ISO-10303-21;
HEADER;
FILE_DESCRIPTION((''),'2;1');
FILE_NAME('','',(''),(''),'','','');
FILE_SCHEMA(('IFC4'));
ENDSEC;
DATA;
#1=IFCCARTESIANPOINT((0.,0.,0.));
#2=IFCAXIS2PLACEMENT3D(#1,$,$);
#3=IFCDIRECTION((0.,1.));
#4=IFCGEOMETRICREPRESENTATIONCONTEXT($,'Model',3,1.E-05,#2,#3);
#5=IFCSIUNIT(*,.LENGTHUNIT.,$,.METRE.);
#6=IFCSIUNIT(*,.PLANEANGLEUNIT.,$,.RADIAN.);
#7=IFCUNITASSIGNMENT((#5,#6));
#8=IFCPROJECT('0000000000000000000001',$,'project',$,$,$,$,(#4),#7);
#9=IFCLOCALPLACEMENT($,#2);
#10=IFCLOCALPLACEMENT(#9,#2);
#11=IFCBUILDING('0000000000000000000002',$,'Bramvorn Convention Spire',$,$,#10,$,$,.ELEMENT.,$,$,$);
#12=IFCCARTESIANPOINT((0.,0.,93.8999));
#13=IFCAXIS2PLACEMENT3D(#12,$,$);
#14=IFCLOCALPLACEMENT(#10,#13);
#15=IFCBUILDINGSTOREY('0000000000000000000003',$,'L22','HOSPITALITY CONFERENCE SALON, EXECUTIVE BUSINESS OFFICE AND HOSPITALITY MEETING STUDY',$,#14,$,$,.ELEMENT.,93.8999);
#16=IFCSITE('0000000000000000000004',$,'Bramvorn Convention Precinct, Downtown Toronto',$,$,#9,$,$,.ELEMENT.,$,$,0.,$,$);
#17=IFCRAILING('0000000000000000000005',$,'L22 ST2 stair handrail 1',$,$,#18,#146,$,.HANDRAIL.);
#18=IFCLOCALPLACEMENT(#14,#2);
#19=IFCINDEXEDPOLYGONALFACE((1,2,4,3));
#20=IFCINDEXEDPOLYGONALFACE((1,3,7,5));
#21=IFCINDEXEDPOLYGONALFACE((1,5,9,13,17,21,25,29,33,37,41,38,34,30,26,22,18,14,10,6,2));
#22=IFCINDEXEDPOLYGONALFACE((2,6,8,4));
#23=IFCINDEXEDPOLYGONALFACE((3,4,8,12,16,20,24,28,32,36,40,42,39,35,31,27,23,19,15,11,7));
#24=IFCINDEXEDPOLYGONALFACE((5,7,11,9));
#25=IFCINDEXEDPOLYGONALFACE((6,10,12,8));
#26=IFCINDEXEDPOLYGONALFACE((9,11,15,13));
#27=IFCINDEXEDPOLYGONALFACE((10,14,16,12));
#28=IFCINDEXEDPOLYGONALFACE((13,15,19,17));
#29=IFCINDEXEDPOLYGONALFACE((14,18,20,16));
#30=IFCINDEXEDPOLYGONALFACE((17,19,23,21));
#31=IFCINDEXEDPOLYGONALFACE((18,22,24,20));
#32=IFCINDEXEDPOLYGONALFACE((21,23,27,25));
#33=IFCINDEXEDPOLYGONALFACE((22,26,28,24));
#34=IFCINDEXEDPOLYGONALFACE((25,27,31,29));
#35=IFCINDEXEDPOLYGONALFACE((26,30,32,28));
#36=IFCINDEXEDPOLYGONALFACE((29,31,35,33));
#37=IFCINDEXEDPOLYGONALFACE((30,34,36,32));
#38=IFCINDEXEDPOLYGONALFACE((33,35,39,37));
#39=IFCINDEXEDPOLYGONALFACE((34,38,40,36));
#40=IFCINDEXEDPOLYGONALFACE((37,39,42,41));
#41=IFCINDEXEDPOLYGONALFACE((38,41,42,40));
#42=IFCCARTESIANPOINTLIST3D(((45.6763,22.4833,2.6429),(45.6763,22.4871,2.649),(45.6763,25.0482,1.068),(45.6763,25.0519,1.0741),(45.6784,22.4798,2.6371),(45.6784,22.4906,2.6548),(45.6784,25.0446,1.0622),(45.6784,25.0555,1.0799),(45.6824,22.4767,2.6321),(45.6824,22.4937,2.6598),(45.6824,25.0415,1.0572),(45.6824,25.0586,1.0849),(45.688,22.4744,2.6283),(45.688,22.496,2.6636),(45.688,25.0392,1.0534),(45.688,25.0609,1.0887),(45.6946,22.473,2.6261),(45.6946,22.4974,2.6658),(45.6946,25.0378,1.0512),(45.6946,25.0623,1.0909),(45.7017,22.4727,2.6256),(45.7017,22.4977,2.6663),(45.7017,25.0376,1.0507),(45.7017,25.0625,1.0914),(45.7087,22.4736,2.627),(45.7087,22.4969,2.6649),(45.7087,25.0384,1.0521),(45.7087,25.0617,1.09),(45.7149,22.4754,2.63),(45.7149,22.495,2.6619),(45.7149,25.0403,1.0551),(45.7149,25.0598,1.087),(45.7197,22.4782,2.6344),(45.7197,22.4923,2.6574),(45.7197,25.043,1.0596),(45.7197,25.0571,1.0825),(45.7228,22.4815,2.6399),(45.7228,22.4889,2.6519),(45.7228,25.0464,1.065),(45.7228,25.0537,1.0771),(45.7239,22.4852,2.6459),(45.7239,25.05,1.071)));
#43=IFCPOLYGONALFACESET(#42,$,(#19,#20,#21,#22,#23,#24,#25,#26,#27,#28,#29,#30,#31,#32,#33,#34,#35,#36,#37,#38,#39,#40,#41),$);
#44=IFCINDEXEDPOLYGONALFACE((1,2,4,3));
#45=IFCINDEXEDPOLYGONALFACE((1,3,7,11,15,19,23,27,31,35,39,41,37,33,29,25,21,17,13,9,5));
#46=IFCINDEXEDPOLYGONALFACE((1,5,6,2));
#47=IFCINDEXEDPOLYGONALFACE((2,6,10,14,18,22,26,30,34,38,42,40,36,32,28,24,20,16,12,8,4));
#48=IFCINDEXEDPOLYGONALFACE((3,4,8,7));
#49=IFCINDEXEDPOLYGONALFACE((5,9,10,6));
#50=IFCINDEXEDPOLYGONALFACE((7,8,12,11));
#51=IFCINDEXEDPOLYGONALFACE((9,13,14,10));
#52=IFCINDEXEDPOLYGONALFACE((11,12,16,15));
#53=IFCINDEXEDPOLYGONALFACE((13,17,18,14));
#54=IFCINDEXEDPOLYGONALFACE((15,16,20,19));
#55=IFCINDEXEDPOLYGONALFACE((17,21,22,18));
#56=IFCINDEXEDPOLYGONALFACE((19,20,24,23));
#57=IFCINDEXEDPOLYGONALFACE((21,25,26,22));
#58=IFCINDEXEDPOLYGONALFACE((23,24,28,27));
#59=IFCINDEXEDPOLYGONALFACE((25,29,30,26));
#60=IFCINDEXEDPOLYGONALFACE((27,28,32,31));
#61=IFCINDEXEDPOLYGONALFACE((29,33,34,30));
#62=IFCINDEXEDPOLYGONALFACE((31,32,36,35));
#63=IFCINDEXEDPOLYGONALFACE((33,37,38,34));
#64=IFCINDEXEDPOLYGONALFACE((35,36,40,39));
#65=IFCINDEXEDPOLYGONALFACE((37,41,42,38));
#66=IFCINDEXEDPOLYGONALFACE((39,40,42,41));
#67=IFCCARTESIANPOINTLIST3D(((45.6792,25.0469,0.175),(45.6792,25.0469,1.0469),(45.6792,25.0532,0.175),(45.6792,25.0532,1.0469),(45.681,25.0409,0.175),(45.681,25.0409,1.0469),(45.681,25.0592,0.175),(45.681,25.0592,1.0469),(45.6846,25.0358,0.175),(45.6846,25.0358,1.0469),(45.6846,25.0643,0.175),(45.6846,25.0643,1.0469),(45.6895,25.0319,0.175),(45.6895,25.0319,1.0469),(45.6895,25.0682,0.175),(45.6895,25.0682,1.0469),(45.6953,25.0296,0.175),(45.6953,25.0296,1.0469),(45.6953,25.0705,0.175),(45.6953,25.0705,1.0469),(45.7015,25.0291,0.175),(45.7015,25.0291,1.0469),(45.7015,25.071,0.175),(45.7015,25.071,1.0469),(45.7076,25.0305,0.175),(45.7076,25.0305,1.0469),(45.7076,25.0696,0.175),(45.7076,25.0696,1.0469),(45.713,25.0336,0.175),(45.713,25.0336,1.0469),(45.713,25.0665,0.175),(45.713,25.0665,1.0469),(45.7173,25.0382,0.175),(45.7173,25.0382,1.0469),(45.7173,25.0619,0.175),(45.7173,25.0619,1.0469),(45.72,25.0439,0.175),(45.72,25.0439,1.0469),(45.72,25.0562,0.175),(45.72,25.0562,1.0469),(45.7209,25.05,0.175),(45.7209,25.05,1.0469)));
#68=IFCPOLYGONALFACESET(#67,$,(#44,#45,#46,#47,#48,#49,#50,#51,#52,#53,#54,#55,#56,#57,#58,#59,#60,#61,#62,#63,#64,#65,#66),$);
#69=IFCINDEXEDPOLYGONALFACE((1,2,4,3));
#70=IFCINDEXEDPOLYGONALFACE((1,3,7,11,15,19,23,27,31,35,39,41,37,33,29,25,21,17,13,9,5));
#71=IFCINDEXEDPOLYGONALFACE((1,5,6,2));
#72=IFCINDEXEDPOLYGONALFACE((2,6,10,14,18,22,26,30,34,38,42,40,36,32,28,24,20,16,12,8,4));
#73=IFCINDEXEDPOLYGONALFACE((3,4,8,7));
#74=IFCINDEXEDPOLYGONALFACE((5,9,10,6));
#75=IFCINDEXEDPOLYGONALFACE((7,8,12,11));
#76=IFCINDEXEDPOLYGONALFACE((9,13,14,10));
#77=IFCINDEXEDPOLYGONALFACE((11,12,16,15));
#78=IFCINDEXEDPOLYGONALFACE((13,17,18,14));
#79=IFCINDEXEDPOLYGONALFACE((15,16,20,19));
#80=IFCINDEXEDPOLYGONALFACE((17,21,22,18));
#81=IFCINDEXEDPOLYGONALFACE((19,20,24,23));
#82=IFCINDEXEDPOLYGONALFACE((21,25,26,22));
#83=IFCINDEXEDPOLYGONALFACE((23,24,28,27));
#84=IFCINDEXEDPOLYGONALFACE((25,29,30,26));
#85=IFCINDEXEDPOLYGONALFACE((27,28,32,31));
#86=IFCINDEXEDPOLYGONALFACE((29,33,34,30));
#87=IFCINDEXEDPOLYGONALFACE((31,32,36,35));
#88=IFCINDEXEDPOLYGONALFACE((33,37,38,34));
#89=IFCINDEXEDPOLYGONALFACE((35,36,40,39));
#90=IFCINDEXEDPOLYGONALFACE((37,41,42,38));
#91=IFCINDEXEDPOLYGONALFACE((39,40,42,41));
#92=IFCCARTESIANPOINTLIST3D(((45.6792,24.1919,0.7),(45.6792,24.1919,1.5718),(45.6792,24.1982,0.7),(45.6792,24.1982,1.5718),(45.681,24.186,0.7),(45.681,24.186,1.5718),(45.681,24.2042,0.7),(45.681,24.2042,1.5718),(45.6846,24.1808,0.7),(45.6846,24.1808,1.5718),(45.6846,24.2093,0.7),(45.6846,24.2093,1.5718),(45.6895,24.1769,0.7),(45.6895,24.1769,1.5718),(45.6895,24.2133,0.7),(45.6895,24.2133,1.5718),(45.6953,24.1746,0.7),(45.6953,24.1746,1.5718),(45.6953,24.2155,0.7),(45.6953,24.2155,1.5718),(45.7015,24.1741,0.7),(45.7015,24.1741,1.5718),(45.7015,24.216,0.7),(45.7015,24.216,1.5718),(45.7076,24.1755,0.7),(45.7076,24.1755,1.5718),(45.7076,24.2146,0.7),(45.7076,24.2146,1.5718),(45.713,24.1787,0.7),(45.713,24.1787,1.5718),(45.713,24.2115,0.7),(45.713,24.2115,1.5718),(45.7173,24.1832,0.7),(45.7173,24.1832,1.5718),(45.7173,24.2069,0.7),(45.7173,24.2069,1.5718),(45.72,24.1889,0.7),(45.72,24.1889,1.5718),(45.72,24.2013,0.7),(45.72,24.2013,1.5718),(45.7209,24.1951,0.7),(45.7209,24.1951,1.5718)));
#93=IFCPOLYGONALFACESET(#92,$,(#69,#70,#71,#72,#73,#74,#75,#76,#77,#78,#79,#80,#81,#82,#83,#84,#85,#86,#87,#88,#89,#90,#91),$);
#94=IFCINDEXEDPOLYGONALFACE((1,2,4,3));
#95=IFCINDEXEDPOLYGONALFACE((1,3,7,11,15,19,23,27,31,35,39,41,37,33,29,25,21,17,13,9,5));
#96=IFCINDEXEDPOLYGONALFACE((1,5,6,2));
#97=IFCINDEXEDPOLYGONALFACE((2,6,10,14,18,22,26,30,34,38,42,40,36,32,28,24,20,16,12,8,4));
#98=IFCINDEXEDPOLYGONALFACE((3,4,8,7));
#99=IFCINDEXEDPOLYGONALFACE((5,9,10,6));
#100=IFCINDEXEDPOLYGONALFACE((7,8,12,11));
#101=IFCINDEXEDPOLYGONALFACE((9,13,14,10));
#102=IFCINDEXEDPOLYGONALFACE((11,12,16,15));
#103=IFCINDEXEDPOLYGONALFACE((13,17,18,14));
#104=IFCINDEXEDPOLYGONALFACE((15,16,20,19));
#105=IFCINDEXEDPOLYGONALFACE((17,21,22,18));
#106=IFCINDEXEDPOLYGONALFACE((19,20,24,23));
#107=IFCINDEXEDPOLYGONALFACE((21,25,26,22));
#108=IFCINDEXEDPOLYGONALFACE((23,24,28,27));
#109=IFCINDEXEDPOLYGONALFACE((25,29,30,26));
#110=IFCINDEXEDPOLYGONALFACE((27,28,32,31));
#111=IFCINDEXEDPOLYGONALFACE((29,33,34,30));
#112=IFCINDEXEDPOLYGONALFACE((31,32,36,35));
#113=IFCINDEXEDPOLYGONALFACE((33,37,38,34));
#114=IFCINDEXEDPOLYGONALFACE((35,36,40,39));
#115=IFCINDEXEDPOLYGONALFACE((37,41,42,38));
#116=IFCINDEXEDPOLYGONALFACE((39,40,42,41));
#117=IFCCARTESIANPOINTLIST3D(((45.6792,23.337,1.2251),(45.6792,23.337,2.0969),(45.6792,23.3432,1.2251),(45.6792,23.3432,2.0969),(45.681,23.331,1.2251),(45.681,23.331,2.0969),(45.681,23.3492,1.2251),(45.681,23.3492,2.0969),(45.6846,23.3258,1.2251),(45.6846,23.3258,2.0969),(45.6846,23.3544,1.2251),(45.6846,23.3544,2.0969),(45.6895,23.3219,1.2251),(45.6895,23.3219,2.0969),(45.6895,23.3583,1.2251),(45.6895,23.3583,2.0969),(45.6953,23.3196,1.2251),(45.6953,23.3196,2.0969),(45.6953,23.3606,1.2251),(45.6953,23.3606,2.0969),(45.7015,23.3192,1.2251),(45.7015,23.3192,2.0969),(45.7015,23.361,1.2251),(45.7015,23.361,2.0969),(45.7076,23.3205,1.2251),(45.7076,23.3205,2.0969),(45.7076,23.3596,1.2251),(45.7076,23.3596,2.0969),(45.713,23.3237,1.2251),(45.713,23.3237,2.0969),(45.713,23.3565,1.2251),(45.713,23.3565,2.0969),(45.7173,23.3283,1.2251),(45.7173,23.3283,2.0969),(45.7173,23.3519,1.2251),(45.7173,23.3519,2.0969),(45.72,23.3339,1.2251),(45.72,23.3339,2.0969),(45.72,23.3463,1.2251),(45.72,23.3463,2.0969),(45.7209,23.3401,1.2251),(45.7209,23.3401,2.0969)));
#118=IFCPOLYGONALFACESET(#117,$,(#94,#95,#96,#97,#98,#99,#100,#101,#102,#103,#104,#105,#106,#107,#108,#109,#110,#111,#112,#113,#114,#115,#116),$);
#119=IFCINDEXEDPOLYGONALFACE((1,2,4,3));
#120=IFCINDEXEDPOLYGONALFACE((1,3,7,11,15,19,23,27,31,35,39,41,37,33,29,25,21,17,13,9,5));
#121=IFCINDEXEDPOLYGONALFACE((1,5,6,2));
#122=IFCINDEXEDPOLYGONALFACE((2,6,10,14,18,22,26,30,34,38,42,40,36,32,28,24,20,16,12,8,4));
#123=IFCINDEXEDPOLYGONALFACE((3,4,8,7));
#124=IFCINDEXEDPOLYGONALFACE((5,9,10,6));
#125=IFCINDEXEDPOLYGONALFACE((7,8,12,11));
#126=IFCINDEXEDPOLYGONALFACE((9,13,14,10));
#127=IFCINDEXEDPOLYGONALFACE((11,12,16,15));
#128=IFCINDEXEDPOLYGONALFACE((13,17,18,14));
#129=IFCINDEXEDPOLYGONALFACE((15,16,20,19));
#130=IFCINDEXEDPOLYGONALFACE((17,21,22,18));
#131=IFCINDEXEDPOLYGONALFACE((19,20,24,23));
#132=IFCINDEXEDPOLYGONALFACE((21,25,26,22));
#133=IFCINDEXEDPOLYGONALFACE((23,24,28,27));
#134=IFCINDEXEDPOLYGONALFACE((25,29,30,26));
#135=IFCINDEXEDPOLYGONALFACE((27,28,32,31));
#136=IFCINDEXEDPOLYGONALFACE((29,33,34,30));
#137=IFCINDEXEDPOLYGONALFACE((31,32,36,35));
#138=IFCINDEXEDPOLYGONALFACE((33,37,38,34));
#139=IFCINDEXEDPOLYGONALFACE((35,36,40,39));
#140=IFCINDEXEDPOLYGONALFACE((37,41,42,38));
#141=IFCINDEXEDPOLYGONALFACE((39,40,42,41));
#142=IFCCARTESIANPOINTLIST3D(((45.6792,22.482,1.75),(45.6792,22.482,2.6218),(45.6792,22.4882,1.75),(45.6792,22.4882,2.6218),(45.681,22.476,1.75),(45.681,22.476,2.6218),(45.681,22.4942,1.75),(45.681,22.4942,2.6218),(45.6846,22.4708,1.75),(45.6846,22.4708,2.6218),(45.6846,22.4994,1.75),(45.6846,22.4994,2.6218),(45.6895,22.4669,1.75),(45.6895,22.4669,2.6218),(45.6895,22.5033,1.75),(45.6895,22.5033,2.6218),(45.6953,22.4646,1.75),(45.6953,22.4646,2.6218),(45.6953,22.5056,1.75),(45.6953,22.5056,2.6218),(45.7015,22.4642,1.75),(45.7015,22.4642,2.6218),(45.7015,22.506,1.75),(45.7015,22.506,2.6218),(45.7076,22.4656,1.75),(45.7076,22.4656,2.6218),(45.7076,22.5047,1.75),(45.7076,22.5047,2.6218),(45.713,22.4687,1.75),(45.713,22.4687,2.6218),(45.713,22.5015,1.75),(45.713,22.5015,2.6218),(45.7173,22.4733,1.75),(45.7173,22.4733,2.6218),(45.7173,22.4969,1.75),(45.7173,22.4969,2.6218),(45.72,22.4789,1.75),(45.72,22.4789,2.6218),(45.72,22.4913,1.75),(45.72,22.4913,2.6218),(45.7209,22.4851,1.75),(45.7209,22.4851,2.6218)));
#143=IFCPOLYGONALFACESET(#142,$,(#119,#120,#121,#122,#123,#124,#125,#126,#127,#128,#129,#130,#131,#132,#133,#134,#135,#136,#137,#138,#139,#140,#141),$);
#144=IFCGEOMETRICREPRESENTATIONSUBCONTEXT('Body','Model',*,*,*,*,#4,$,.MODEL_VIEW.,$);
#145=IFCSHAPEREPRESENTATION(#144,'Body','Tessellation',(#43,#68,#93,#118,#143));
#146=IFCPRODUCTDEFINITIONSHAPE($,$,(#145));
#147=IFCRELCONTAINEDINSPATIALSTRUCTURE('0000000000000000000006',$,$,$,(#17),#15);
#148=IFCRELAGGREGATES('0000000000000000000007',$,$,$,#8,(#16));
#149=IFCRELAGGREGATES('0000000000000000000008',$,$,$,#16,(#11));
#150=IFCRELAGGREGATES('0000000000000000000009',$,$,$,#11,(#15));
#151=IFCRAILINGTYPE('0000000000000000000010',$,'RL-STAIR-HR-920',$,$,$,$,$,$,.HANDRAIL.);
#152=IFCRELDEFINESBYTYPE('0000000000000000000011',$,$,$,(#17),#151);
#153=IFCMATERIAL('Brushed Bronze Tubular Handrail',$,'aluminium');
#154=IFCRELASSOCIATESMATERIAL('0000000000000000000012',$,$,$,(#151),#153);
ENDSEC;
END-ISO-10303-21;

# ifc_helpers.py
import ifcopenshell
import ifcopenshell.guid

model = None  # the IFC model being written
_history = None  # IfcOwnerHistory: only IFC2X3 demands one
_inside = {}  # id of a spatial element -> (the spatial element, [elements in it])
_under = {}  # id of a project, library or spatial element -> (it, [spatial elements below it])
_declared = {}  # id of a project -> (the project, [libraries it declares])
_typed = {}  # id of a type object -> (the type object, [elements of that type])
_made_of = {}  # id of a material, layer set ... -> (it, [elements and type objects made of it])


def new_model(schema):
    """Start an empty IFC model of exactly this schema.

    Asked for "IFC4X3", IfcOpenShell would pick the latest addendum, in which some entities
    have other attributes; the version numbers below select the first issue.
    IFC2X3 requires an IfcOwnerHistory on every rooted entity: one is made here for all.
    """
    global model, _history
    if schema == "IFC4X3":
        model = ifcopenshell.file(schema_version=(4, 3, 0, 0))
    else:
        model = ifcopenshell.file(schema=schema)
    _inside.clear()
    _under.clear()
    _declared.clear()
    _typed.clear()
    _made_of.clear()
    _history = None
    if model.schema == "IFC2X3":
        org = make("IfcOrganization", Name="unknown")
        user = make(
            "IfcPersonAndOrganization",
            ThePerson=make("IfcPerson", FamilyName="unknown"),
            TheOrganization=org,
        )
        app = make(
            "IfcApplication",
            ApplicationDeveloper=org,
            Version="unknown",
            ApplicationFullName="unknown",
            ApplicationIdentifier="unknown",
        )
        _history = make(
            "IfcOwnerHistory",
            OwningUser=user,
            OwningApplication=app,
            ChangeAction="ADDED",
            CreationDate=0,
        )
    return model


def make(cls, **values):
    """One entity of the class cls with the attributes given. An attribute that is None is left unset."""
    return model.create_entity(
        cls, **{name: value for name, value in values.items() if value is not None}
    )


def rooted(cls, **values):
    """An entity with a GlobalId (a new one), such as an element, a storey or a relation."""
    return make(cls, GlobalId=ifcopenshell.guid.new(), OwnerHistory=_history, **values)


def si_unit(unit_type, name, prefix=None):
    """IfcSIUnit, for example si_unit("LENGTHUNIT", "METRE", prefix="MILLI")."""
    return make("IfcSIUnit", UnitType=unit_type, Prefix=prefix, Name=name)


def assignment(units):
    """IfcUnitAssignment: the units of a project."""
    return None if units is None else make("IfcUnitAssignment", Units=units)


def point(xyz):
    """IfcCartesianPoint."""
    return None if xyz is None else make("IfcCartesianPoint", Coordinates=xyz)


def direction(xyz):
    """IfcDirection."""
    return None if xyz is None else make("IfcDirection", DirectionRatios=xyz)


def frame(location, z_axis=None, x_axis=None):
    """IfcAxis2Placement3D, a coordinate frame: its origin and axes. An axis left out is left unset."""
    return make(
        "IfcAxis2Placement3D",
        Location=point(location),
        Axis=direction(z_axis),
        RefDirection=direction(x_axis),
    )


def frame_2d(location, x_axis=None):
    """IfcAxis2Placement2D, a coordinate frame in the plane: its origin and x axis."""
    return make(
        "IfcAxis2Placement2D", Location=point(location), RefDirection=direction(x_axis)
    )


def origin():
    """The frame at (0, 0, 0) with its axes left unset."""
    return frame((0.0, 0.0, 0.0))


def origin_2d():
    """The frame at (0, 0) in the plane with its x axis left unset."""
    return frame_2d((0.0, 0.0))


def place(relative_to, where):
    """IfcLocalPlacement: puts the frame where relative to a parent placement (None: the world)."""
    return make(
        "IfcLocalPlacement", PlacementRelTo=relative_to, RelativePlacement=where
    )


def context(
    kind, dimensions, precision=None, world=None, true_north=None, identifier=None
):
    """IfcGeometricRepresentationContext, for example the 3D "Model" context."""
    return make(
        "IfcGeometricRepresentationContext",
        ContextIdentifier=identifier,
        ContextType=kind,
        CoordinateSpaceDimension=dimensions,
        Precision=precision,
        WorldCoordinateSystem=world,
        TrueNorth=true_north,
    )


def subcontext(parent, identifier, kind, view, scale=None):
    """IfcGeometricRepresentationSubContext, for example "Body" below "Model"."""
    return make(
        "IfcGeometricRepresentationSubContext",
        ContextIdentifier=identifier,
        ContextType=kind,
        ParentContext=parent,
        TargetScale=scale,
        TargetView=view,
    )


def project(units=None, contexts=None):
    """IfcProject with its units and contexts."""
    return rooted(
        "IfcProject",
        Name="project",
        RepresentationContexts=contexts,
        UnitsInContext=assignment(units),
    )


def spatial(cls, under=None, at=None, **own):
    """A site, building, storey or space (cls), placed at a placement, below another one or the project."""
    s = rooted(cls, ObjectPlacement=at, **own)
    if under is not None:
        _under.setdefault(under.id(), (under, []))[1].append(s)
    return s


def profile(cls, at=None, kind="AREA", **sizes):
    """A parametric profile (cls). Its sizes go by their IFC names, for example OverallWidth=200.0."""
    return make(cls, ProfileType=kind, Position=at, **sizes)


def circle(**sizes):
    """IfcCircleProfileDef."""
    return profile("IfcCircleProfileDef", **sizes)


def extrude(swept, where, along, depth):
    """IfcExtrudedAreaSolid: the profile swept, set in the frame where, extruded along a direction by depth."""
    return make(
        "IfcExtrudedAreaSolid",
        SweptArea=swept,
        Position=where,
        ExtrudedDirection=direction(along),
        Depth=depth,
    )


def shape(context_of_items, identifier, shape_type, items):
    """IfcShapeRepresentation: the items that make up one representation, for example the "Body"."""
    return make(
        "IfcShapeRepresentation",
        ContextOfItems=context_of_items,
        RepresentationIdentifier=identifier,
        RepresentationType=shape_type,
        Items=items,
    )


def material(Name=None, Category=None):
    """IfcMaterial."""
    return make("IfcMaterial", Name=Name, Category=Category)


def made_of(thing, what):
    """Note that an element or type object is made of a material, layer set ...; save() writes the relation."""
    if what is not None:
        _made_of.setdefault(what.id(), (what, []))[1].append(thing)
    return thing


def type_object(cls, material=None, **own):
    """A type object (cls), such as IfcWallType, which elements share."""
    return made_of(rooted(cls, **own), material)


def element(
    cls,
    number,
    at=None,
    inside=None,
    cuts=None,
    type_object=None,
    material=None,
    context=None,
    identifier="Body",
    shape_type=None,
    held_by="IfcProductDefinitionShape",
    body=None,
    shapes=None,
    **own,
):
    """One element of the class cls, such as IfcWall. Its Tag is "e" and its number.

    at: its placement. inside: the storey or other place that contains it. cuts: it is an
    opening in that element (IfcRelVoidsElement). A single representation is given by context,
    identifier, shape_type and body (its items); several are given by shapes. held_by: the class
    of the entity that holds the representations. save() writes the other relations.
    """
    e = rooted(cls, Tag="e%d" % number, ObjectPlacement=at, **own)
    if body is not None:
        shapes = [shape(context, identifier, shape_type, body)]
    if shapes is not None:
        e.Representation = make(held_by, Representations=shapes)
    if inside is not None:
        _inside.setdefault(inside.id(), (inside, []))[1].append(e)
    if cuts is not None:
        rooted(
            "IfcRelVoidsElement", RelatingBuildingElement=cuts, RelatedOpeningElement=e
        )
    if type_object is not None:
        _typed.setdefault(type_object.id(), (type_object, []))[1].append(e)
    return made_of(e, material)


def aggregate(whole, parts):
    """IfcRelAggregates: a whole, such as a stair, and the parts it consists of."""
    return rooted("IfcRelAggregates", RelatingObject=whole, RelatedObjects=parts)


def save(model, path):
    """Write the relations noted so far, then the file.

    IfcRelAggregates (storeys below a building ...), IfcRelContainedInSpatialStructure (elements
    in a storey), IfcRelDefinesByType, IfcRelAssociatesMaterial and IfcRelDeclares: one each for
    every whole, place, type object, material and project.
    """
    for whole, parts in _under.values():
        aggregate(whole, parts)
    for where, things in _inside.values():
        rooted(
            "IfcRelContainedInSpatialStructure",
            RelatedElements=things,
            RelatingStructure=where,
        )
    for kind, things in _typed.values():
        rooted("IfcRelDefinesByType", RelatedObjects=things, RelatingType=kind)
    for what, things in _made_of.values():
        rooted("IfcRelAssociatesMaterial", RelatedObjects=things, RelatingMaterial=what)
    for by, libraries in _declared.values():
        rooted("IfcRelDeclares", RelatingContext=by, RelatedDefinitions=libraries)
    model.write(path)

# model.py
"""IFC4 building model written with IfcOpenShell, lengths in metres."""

from ifc_helpers import new_model, si_unit, direction, frame, origin, origin_2d, place, context, subcontext, project, spatial, circle, extrude, material, type_object, element, save


model = new_model("IFC4")

# Units and contexts
model_context = context("Model", 3, precision=1e-05, world=origin(), true_north=direction((0.0, 1.0)))
body_context = subcontext(model_context, "Body", "Model", "MODEL_VIEW")
ifc_project = project(units=[si_unit("LENGTHUNIT", "METRE"), si_unit("PLANEANGLEUNIT", "RADIAN")], contexts=[model_context])

# Site, building, storey
site_placement = place(None, origin())
site = spatial("IfcSite", under=ifc_project, at=site_placement, Name="Bramvorn Convention Precinct, Downtown Toronto", CompositionType="ELEMENT", RefElevation=0.0)
building_placement = place(site_placement, origin())
building = spatial("IfcBuilding", under=site, at=building_placement, Name="Bramvorn Convention Spire", CompositionType="ELEMENT")
storey_placement = place(building_placement, frame((0.0, 0.0, 93.8999)))
storey = spatial("IfcBuildingStorey", under=building, at=storey_placement, Name="L22", Description="HOSPITALITY CONFERENCE SALON, EXECUTIVE BUSINESS OFFICE AND HOSPITALITY MEETING STUDY", CompositionType="ELEMENT", Elevation=93.8999)

# Railing
ifc_material_1 = material(Name="Brushed Bronze Tubular Handrail", Category="aluminium")
railing_type_1 = type_object("IfcRailingType", Name="RL-STAIR-HR-920", PredefinedType="HANDRAIL", material=ifc_material_1)
railing_1_placement = place(storey_placement, frame((45.7, 25.05, 0.175)))
element("IfcRailing", 1, at=railing_1_placement, inside=storey, type_object=railing_type_1, Name="L22 ST2 stair handrail 1", PredefinedType="HANDRAIL", context=body_context, shape_type="SweptSolid", body=[
    extrude(circle(Radius=0.0239, at=origin_2d()), frame((0.0, 0.0, 0.896), z_axis=(0.0, -0.852173, 0.52326), x_axis=(1.0, 0.0, 0.0)), (0.0, 0.0, 1.0), 3.0098),
    extrude(circle(Radius=0.021, at=origin_2d()), origin(), (0.0, 0.0, 1.0), 0.8718),
    extrude(circle(Radius=0.021, at=origin_2d()), frame((0.0, -0.855, 0.5249)), (0.0, 0.0, 1.0), 0.8718),
    extrude(circle(Radius=0.021, at=origin_2d()), frame((0.0, -1.71, 1.05)), (0.0, 0.0, 1.0), 0.8718),
    extrude(circle(Radius=0.021, at=origin_2d()), frame((0.0, -2.5649, 1.575)), (0.0, 0.0, 1.0), 0.8718),
])

save(model, "model.ifc")
